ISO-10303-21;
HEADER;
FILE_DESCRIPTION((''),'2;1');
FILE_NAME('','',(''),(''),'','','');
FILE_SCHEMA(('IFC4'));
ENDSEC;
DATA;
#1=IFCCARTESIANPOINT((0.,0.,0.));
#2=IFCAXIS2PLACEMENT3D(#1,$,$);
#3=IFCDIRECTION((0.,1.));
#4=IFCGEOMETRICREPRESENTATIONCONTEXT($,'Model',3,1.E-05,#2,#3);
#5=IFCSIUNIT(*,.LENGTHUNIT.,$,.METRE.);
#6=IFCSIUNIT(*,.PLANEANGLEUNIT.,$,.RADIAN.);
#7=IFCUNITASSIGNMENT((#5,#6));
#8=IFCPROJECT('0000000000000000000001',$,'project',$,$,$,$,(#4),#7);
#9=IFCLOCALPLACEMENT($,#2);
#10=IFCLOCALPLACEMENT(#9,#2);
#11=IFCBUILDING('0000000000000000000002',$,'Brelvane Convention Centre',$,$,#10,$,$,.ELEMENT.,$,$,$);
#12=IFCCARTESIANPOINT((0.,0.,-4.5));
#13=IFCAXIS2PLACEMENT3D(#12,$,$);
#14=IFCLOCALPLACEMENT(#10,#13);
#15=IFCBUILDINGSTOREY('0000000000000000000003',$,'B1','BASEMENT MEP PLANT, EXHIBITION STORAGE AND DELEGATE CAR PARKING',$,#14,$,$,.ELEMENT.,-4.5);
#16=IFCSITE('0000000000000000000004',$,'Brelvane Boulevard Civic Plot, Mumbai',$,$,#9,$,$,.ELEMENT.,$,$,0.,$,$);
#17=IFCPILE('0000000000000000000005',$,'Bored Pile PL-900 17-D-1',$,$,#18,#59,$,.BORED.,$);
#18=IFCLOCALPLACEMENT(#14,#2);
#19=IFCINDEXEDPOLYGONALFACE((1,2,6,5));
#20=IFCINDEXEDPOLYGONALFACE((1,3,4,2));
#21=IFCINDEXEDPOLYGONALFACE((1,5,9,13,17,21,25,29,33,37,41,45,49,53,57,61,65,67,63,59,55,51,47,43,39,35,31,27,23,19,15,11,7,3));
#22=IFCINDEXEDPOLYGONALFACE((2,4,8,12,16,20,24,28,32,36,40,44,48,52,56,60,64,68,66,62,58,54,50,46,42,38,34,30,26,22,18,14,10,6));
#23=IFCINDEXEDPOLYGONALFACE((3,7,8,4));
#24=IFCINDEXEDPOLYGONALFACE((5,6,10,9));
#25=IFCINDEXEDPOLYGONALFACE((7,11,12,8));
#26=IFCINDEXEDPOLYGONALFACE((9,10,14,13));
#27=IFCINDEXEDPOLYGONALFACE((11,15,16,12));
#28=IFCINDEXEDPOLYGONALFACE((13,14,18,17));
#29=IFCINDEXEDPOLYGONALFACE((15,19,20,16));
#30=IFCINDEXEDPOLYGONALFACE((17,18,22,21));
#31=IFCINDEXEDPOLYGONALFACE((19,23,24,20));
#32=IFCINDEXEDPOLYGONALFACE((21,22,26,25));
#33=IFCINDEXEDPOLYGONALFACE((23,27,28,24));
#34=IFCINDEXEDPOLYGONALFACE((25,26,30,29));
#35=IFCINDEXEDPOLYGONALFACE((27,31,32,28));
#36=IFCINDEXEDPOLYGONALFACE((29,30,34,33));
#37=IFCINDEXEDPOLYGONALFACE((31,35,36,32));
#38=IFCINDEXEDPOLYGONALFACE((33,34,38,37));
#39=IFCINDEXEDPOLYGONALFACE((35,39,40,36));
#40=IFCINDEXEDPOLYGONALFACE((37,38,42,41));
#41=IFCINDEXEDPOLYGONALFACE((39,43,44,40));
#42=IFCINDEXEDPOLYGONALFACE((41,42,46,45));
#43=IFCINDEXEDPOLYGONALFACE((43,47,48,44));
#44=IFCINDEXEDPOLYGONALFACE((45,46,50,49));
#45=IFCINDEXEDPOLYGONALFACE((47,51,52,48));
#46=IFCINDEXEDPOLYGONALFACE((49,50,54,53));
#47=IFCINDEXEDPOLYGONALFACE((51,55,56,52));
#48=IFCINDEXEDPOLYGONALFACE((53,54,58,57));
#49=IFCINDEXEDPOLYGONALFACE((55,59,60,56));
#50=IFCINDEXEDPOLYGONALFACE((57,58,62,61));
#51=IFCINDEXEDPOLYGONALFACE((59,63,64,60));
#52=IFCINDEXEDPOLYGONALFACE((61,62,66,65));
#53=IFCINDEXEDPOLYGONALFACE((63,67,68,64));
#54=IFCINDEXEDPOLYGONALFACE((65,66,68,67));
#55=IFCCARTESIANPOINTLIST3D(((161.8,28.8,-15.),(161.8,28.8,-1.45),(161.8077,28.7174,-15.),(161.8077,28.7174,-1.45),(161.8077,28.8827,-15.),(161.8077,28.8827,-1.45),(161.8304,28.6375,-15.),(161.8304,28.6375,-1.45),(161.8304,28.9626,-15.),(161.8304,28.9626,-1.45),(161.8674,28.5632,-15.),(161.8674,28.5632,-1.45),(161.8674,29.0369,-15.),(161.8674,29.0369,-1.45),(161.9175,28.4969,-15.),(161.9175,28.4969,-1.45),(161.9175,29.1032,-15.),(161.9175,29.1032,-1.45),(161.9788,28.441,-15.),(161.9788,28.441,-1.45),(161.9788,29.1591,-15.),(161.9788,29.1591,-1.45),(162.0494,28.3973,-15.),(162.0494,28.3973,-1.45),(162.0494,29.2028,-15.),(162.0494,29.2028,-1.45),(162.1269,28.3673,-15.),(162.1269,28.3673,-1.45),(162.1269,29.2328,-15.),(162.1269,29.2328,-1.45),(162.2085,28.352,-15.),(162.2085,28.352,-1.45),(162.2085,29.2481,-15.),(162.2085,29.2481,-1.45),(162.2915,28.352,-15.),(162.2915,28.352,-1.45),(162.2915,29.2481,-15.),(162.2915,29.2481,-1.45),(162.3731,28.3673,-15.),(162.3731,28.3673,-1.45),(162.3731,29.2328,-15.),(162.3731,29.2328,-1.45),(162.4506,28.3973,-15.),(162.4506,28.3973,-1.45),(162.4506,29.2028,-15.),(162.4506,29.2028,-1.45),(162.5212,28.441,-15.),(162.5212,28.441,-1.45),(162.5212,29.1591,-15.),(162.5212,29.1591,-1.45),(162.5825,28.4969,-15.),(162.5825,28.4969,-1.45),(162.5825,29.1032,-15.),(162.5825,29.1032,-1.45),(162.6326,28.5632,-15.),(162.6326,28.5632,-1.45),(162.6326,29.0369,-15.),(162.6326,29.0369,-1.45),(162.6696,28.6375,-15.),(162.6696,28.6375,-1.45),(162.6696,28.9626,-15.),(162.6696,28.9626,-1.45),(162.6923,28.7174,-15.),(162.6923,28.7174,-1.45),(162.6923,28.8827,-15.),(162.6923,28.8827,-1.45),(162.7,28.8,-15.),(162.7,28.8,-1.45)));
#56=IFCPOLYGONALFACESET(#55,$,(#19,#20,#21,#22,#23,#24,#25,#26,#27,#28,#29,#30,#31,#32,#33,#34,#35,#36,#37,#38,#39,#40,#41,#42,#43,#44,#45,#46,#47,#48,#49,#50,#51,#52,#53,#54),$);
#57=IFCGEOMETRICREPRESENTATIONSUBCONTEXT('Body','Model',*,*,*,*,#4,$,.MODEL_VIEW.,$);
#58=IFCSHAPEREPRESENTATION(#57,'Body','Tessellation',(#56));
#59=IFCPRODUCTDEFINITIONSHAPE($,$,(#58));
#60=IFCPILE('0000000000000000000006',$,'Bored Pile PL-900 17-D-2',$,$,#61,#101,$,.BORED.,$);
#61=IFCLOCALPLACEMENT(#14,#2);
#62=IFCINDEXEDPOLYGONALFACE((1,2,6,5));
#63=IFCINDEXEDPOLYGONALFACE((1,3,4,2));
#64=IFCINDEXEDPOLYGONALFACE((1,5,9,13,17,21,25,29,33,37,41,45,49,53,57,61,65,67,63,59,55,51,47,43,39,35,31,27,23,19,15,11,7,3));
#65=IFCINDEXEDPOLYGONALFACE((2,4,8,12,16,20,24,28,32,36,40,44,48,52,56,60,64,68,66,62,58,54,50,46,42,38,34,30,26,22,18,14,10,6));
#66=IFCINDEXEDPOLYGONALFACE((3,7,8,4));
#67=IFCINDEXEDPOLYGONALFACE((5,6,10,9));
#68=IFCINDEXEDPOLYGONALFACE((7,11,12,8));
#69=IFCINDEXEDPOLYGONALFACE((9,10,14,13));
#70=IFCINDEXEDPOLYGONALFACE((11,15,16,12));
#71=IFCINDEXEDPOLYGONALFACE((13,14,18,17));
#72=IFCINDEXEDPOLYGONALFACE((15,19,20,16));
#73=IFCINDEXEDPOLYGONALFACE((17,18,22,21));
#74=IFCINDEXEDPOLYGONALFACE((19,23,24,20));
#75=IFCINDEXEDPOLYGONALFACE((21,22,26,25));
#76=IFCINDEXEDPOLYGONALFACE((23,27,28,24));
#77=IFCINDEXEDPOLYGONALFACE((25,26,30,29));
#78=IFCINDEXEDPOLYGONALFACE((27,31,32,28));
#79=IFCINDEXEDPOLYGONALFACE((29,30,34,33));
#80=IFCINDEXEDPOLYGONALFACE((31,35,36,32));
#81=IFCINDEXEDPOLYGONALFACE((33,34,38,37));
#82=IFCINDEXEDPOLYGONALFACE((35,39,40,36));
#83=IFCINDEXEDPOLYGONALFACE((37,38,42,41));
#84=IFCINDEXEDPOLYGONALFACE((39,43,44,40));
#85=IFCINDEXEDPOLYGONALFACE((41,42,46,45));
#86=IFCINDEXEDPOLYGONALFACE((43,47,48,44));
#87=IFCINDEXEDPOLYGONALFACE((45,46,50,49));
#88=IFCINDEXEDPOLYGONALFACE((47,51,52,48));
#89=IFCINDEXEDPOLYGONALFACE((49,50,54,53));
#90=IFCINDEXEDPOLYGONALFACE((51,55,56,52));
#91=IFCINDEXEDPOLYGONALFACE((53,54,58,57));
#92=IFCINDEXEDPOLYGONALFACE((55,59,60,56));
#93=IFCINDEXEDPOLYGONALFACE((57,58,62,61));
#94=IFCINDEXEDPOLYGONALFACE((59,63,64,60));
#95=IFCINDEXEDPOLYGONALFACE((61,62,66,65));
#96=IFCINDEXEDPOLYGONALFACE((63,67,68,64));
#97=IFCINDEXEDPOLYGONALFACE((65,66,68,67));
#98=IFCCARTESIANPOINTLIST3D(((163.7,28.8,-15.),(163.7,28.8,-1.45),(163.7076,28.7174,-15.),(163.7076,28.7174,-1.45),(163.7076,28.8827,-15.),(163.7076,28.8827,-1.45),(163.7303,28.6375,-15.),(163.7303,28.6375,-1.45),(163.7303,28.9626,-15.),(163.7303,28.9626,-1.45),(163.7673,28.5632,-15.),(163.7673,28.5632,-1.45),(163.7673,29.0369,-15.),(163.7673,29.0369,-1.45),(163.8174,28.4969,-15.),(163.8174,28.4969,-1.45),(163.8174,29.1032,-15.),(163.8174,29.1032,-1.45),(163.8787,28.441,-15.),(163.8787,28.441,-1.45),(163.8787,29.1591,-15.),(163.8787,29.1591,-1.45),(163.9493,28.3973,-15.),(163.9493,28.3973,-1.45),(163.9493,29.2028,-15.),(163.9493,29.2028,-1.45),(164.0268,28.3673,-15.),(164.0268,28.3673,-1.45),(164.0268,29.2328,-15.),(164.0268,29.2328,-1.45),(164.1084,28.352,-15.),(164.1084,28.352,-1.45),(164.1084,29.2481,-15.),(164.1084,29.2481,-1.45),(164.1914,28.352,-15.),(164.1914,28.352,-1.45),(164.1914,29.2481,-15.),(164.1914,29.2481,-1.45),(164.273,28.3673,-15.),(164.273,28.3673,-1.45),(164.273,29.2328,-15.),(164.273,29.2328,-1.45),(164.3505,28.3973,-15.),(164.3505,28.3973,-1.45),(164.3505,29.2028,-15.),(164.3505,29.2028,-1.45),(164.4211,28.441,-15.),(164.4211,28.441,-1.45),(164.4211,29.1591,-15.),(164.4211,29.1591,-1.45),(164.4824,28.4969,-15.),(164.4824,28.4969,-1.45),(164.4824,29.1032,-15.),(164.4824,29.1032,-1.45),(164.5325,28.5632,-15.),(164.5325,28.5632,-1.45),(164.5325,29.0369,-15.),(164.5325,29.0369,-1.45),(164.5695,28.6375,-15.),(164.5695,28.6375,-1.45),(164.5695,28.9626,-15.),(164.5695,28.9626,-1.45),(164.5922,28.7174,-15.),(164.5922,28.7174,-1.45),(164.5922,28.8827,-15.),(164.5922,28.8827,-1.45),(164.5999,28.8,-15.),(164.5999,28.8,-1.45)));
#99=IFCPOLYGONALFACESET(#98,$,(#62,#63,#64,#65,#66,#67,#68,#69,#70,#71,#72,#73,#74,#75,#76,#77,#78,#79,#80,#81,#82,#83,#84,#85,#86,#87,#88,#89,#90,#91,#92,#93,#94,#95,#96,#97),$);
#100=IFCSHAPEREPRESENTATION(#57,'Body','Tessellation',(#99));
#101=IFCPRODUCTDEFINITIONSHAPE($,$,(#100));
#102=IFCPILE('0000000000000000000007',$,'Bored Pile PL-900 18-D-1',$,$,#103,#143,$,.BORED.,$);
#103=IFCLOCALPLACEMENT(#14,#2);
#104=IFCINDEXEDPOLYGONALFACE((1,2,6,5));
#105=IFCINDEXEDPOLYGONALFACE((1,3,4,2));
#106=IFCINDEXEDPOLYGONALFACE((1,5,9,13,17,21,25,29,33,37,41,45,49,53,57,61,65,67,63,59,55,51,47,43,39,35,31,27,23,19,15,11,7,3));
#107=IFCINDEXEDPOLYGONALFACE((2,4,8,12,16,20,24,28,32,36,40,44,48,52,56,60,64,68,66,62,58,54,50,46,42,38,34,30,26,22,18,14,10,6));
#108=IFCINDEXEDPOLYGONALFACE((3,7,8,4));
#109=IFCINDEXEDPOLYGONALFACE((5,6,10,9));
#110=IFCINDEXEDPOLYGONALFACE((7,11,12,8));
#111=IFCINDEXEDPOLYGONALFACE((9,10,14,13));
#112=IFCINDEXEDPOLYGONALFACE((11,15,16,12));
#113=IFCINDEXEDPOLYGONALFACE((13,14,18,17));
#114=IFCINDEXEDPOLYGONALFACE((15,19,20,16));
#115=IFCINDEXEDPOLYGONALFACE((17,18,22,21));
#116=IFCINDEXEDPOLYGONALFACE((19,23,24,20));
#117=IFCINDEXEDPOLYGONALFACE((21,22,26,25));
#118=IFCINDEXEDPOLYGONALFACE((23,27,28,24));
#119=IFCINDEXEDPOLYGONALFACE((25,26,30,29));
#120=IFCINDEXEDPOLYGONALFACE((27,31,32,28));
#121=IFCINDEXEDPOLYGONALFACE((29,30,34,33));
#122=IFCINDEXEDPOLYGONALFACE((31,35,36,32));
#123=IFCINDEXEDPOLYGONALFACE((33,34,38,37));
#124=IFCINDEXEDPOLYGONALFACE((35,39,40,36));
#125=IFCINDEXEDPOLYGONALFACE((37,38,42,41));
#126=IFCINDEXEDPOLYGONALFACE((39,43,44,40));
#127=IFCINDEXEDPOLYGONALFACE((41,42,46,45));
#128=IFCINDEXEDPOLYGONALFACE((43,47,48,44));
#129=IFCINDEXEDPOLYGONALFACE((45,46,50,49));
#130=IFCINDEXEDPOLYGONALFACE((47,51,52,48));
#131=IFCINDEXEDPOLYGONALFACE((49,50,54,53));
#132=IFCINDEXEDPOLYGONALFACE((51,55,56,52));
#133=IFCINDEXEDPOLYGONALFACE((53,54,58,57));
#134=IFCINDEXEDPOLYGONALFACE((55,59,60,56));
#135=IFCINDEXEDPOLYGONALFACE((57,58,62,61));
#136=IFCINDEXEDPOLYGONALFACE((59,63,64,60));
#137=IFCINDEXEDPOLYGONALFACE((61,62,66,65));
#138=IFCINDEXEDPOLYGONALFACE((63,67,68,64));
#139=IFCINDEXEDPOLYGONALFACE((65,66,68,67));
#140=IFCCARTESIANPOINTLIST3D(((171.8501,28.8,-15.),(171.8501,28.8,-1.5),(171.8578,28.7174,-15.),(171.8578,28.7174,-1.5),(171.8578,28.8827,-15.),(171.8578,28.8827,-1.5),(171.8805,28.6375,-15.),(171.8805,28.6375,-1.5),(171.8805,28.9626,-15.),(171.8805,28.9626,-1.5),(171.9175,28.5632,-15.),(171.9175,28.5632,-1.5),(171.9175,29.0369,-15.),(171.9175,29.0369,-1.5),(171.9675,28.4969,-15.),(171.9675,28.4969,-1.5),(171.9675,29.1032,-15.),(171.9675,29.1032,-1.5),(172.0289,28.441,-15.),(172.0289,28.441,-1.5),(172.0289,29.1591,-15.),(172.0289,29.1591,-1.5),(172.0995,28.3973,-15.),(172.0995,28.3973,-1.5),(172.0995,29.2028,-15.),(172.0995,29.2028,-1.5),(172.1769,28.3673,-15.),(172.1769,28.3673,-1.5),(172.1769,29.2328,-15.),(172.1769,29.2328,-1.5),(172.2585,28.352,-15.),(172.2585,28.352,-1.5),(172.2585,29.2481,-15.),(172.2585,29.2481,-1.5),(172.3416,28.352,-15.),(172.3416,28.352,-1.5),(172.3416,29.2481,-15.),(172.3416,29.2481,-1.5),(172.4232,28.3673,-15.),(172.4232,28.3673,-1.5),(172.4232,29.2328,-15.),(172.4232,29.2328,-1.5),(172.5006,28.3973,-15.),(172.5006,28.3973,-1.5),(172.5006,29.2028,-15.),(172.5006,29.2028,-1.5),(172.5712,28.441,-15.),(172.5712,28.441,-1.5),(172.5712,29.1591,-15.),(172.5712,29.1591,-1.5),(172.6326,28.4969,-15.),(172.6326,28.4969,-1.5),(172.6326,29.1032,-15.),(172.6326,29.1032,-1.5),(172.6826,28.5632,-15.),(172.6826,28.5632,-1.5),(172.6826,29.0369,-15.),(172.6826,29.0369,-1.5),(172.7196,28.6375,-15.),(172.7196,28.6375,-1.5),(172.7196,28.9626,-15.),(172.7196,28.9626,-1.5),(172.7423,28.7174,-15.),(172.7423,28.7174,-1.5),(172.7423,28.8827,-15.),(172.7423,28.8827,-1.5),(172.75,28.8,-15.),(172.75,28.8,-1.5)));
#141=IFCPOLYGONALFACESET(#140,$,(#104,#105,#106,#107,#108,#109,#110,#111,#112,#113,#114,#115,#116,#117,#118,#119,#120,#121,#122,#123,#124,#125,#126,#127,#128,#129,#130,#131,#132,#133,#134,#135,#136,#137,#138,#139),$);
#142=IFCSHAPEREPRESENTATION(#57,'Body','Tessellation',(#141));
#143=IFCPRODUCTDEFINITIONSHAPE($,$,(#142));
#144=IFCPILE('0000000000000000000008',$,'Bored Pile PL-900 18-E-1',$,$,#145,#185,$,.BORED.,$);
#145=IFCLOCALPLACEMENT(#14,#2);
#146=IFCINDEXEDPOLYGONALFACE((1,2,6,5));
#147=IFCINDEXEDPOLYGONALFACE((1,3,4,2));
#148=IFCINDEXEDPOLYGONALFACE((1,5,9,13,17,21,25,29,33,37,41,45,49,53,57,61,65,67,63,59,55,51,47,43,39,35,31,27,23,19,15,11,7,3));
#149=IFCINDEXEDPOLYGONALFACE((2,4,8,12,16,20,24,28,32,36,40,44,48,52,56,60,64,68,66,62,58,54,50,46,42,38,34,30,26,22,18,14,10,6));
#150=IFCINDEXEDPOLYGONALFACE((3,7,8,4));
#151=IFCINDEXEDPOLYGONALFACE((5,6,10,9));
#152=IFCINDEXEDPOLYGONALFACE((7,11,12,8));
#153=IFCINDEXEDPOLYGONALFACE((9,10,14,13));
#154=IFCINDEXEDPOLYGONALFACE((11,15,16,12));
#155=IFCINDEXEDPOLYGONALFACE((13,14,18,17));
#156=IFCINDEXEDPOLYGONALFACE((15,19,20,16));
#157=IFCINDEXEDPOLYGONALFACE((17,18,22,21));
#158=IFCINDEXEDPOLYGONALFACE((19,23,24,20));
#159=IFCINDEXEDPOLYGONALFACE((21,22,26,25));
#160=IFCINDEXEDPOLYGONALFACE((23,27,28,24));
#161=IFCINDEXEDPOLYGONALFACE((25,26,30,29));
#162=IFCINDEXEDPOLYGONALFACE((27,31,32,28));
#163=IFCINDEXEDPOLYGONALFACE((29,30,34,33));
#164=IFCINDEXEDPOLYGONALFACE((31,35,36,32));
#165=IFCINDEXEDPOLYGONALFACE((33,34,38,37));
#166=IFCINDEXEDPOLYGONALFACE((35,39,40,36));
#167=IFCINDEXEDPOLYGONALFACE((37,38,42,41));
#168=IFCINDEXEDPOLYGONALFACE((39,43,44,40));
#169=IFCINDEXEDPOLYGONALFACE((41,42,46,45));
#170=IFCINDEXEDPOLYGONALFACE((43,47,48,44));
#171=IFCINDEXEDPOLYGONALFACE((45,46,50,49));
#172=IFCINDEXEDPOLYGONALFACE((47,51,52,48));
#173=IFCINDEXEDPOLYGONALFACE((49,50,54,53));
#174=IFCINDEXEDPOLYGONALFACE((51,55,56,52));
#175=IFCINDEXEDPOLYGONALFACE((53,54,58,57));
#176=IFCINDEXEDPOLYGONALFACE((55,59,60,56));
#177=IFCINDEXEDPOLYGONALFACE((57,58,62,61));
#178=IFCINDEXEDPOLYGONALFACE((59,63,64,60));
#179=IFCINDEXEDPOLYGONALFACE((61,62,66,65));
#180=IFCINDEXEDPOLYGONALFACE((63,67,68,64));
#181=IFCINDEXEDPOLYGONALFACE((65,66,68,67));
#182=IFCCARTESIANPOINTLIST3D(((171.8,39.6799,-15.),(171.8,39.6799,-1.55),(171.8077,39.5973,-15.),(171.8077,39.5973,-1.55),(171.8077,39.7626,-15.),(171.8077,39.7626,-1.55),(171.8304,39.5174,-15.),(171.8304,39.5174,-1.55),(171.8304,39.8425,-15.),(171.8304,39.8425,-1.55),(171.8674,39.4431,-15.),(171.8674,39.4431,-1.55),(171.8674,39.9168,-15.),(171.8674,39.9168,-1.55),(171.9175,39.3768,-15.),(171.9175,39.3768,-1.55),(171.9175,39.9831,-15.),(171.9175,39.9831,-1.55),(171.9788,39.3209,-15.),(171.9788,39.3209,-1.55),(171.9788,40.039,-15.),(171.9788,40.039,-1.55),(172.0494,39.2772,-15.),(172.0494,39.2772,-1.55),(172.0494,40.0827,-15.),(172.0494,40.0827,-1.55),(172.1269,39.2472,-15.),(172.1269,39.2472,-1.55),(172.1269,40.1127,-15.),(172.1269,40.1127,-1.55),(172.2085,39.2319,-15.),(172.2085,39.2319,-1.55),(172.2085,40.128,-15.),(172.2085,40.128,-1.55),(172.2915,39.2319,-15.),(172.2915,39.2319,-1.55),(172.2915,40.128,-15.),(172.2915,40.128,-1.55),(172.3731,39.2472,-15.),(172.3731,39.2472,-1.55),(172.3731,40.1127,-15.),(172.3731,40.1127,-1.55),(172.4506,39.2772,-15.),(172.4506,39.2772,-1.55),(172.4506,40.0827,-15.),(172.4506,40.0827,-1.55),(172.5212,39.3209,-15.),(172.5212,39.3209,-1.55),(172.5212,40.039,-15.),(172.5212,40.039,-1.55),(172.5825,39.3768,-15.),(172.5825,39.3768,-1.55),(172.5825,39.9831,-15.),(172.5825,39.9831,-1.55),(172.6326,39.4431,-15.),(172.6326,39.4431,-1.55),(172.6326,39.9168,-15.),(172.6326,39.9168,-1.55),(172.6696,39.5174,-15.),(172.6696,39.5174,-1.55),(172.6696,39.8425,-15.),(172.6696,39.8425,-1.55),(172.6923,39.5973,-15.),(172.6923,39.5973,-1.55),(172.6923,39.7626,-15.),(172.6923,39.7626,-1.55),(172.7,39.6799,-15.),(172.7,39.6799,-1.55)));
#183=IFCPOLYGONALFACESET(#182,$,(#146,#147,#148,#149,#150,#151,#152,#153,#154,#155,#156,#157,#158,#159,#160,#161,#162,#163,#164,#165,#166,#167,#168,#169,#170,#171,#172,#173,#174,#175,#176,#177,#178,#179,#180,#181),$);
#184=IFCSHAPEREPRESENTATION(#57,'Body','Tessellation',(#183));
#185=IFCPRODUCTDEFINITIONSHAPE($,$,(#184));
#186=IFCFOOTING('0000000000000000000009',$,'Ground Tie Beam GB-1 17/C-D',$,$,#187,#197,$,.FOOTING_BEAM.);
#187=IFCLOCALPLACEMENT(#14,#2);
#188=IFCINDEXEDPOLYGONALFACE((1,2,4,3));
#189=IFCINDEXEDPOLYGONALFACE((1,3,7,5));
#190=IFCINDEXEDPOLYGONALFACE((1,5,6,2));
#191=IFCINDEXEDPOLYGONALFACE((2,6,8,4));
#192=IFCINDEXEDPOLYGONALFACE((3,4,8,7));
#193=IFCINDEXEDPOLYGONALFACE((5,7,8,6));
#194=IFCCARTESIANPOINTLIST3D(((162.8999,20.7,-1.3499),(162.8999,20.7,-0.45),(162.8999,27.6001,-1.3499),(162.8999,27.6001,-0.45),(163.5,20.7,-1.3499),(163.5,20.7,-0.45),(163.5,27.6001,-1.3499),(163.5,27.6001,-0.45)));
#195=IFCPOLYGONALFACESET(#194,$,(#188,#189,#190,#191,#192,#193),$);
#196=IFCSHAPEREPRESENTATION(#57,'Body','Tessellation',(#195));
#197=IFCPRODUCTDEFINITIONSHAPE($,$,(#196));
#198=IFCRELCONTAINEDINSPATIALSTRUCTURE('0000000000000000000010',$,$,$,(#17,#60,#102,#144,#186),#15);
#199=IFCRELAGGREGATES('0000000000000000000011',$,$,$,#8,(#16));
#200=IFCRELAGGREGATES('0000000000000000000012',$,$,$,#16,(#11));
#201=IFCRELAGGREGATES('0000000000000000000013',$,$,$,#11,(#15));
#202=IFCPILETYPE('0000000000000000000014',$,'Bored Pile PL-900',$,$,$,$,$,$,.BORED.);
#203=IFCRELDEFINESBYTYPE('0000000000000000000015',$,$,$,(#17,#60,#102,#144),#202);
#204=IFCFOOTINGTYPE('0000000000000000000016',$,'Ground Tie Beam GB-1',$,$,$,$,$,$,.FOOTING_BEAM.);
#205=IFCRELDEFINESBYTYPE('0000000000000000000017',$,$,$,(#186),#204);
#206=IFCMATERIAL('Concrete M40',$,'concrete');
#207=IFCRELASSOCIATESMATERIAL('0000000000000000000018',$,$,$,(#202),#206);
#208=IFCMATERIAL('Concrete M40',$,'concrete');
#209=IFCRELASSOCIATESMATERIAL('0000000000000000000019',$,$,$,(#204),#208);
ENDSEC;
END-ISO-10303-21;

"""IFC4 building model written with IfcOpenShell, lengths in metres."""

from ifc_helpers import new_model, si_unit, direction, frame, origin, origin_2d, place, context, subcontext, project, spatial, rectangle, circle, extrude, material, material_profile, profile_set, type_object, element, save


model = new_model("IFC4")

# Units and contexts
model_context = context("Model", 3, precision=1e-05, world=origin(), true_north=direction((0.0, 1.0)))
body_context = subcontext(model_context, "Body", "Model", "MODEL_VIEW")
ifc_project = project(units=[si_unit("LENGTHUNIT", "METRE"), si_unit("PLANEANGLEUNIT", "RADIAN")], contexts=[model_context])

# Site, building, storey
site_placement = place(None, origin())
site = spatial("IfcSite", under=ifc_project, at=site_placement, Name="Brelvane Boulevard Civic Plot, Mumbai", CompositionType="ELEMENT", RefElevation=0.0)
building_placement = place(site_placement, origin())
building = spatial("IfcBuilding", under=site, at=building_placement, Name="Brelvane Convention Centre", CompositionType="ELEMENT")
storey_placement = place(building_placement, frame((0.0, 0.0, -4.5)))
storey = spatial("IfcBuildingStorey", under=building, at=storey_placement, Name="B1", Description="BASEMENT MEP PLANT, EXHIBITION STORAGE AND DELEGATE CAR PARKING", CompositionType="ELEMENT", Elevation=-4.5)

# Piles
ifc_material_1 = material(Name="Concrete M40", Category="concrete")
ifc_material_profile_1 = material_profile(ifc_material_1, circle(Radius=0.45, at=origin_2d()), Name="PILE D900")
ifc_profile_set_1 = profile_set([ifc_material_profile_1], Name="Concrete M40")
pile_type_1 = type_object("IfcPileType", Name="Bored Pile PL-900", PredefinedType="BORED", material=ifc_profile_set_1)
for number, where, z_axis, x_axis, name in (
    (1, (162.25, 28.8, -1.45), (0.0, 0.0, -1.0), (1.0, 0.0, 0.0), "Bored Pile PL-900 17-D-1"),
    (2, (164.1499, 28.8, -1.45), (0.0, 0.0, -1.0), (1.0, 0.0, 0.0), "Bored Pile PL-900 17-D-2"),
):
    element("IfcPile", number, at=place(storey_placement, frame(where, z_axis=z_axis, x_axis=x_axis)), inside=storey, type_object=pile_type_1, Name=name, PredefinedType="BORED", context=body_context, shape_type="SweptSolid", body=[
        extrude(circle(Radius=0.45, at=origin_2d()), origin(), (0.0, 0.0, 1.0), 13.55),
    ])
pile_1_placement = place(storey_placement, frame((172.3, 28.8, -1.5), z_axis=(0.0, 0.0, -1.0), x_axis=(1.0, 0.0, 0.0)))
element("IfcPile", 3, at=pile_1_placement, inside=storey, type_object=pile_type_1, Name="Bored Pile PL-900 18-D-1", PredefinedType="BORED", context=body_context, shape_type="SweptSolid", body=[
    extrude(circle(Radius=0.45, at=origin_2d()), origin(), (0.0, 0.0, 1.0), 13.5),
])
pile_2_placement = place(storey_placement, frame((172.25, 39.6799, -1.55), z_axis=(0.0, 0.0, -1.0), x_axis=(1.0, 0.0, 0.0)))
element("IfcPile", 4, at=pile_2_placement, inside=storey, type_object=pile_type_1, Name="Bored Pile PL-900 18-E-1", PredefinedType="BORED", context=body_context, shape_type="SweptSolid", body=[
    extrude(circle(Radius=0.45, at=origin_2d()), origin(), (0.0, 0.0, 1.0), 13.45),
])

# Footing
ifc_material_2 = material(Name="Concrete M40", Category="concrete")
ifc_material_profile_2 = material_profile(ifc_material_2, rectangle(XDim=0.6001, YDim=0.8999, at=origin_2d()), Name="RC 600x900")
ifc_profile_set_2 = profile_set([ifc_material_profile_2], Name="Concrete M40")
footing_type_1 = type_object("IfcFootingType", Name="Ground Tie Beam GB-1", PredefinedType="FOOTING_BEAM", material=ifc_profile_set_2)
footing_1_placement = place(storey_placement, frame((163.2, 20.7, -0.8999), z_axis=(0.0, 1.0, 0.0), x_axis=(-1.0, 0.0, 0.0)))
element("IfcFooting", 5, at=footing_1_placement, inside=storey, type_object=footing_type_1, Name="Ground Tie Beam GB-1 17/C-D", PredefinedType="FOOTING_BEAM", context=body_context, shape_type="SweptSolid", body=[
    extrude(rectangle(XDim=0.6001, YDim=0.8999, at=origin_2d()), origin(), (0.0, 0.0, 1.0), 6.9001),
])

save(model, "model.ifc")
